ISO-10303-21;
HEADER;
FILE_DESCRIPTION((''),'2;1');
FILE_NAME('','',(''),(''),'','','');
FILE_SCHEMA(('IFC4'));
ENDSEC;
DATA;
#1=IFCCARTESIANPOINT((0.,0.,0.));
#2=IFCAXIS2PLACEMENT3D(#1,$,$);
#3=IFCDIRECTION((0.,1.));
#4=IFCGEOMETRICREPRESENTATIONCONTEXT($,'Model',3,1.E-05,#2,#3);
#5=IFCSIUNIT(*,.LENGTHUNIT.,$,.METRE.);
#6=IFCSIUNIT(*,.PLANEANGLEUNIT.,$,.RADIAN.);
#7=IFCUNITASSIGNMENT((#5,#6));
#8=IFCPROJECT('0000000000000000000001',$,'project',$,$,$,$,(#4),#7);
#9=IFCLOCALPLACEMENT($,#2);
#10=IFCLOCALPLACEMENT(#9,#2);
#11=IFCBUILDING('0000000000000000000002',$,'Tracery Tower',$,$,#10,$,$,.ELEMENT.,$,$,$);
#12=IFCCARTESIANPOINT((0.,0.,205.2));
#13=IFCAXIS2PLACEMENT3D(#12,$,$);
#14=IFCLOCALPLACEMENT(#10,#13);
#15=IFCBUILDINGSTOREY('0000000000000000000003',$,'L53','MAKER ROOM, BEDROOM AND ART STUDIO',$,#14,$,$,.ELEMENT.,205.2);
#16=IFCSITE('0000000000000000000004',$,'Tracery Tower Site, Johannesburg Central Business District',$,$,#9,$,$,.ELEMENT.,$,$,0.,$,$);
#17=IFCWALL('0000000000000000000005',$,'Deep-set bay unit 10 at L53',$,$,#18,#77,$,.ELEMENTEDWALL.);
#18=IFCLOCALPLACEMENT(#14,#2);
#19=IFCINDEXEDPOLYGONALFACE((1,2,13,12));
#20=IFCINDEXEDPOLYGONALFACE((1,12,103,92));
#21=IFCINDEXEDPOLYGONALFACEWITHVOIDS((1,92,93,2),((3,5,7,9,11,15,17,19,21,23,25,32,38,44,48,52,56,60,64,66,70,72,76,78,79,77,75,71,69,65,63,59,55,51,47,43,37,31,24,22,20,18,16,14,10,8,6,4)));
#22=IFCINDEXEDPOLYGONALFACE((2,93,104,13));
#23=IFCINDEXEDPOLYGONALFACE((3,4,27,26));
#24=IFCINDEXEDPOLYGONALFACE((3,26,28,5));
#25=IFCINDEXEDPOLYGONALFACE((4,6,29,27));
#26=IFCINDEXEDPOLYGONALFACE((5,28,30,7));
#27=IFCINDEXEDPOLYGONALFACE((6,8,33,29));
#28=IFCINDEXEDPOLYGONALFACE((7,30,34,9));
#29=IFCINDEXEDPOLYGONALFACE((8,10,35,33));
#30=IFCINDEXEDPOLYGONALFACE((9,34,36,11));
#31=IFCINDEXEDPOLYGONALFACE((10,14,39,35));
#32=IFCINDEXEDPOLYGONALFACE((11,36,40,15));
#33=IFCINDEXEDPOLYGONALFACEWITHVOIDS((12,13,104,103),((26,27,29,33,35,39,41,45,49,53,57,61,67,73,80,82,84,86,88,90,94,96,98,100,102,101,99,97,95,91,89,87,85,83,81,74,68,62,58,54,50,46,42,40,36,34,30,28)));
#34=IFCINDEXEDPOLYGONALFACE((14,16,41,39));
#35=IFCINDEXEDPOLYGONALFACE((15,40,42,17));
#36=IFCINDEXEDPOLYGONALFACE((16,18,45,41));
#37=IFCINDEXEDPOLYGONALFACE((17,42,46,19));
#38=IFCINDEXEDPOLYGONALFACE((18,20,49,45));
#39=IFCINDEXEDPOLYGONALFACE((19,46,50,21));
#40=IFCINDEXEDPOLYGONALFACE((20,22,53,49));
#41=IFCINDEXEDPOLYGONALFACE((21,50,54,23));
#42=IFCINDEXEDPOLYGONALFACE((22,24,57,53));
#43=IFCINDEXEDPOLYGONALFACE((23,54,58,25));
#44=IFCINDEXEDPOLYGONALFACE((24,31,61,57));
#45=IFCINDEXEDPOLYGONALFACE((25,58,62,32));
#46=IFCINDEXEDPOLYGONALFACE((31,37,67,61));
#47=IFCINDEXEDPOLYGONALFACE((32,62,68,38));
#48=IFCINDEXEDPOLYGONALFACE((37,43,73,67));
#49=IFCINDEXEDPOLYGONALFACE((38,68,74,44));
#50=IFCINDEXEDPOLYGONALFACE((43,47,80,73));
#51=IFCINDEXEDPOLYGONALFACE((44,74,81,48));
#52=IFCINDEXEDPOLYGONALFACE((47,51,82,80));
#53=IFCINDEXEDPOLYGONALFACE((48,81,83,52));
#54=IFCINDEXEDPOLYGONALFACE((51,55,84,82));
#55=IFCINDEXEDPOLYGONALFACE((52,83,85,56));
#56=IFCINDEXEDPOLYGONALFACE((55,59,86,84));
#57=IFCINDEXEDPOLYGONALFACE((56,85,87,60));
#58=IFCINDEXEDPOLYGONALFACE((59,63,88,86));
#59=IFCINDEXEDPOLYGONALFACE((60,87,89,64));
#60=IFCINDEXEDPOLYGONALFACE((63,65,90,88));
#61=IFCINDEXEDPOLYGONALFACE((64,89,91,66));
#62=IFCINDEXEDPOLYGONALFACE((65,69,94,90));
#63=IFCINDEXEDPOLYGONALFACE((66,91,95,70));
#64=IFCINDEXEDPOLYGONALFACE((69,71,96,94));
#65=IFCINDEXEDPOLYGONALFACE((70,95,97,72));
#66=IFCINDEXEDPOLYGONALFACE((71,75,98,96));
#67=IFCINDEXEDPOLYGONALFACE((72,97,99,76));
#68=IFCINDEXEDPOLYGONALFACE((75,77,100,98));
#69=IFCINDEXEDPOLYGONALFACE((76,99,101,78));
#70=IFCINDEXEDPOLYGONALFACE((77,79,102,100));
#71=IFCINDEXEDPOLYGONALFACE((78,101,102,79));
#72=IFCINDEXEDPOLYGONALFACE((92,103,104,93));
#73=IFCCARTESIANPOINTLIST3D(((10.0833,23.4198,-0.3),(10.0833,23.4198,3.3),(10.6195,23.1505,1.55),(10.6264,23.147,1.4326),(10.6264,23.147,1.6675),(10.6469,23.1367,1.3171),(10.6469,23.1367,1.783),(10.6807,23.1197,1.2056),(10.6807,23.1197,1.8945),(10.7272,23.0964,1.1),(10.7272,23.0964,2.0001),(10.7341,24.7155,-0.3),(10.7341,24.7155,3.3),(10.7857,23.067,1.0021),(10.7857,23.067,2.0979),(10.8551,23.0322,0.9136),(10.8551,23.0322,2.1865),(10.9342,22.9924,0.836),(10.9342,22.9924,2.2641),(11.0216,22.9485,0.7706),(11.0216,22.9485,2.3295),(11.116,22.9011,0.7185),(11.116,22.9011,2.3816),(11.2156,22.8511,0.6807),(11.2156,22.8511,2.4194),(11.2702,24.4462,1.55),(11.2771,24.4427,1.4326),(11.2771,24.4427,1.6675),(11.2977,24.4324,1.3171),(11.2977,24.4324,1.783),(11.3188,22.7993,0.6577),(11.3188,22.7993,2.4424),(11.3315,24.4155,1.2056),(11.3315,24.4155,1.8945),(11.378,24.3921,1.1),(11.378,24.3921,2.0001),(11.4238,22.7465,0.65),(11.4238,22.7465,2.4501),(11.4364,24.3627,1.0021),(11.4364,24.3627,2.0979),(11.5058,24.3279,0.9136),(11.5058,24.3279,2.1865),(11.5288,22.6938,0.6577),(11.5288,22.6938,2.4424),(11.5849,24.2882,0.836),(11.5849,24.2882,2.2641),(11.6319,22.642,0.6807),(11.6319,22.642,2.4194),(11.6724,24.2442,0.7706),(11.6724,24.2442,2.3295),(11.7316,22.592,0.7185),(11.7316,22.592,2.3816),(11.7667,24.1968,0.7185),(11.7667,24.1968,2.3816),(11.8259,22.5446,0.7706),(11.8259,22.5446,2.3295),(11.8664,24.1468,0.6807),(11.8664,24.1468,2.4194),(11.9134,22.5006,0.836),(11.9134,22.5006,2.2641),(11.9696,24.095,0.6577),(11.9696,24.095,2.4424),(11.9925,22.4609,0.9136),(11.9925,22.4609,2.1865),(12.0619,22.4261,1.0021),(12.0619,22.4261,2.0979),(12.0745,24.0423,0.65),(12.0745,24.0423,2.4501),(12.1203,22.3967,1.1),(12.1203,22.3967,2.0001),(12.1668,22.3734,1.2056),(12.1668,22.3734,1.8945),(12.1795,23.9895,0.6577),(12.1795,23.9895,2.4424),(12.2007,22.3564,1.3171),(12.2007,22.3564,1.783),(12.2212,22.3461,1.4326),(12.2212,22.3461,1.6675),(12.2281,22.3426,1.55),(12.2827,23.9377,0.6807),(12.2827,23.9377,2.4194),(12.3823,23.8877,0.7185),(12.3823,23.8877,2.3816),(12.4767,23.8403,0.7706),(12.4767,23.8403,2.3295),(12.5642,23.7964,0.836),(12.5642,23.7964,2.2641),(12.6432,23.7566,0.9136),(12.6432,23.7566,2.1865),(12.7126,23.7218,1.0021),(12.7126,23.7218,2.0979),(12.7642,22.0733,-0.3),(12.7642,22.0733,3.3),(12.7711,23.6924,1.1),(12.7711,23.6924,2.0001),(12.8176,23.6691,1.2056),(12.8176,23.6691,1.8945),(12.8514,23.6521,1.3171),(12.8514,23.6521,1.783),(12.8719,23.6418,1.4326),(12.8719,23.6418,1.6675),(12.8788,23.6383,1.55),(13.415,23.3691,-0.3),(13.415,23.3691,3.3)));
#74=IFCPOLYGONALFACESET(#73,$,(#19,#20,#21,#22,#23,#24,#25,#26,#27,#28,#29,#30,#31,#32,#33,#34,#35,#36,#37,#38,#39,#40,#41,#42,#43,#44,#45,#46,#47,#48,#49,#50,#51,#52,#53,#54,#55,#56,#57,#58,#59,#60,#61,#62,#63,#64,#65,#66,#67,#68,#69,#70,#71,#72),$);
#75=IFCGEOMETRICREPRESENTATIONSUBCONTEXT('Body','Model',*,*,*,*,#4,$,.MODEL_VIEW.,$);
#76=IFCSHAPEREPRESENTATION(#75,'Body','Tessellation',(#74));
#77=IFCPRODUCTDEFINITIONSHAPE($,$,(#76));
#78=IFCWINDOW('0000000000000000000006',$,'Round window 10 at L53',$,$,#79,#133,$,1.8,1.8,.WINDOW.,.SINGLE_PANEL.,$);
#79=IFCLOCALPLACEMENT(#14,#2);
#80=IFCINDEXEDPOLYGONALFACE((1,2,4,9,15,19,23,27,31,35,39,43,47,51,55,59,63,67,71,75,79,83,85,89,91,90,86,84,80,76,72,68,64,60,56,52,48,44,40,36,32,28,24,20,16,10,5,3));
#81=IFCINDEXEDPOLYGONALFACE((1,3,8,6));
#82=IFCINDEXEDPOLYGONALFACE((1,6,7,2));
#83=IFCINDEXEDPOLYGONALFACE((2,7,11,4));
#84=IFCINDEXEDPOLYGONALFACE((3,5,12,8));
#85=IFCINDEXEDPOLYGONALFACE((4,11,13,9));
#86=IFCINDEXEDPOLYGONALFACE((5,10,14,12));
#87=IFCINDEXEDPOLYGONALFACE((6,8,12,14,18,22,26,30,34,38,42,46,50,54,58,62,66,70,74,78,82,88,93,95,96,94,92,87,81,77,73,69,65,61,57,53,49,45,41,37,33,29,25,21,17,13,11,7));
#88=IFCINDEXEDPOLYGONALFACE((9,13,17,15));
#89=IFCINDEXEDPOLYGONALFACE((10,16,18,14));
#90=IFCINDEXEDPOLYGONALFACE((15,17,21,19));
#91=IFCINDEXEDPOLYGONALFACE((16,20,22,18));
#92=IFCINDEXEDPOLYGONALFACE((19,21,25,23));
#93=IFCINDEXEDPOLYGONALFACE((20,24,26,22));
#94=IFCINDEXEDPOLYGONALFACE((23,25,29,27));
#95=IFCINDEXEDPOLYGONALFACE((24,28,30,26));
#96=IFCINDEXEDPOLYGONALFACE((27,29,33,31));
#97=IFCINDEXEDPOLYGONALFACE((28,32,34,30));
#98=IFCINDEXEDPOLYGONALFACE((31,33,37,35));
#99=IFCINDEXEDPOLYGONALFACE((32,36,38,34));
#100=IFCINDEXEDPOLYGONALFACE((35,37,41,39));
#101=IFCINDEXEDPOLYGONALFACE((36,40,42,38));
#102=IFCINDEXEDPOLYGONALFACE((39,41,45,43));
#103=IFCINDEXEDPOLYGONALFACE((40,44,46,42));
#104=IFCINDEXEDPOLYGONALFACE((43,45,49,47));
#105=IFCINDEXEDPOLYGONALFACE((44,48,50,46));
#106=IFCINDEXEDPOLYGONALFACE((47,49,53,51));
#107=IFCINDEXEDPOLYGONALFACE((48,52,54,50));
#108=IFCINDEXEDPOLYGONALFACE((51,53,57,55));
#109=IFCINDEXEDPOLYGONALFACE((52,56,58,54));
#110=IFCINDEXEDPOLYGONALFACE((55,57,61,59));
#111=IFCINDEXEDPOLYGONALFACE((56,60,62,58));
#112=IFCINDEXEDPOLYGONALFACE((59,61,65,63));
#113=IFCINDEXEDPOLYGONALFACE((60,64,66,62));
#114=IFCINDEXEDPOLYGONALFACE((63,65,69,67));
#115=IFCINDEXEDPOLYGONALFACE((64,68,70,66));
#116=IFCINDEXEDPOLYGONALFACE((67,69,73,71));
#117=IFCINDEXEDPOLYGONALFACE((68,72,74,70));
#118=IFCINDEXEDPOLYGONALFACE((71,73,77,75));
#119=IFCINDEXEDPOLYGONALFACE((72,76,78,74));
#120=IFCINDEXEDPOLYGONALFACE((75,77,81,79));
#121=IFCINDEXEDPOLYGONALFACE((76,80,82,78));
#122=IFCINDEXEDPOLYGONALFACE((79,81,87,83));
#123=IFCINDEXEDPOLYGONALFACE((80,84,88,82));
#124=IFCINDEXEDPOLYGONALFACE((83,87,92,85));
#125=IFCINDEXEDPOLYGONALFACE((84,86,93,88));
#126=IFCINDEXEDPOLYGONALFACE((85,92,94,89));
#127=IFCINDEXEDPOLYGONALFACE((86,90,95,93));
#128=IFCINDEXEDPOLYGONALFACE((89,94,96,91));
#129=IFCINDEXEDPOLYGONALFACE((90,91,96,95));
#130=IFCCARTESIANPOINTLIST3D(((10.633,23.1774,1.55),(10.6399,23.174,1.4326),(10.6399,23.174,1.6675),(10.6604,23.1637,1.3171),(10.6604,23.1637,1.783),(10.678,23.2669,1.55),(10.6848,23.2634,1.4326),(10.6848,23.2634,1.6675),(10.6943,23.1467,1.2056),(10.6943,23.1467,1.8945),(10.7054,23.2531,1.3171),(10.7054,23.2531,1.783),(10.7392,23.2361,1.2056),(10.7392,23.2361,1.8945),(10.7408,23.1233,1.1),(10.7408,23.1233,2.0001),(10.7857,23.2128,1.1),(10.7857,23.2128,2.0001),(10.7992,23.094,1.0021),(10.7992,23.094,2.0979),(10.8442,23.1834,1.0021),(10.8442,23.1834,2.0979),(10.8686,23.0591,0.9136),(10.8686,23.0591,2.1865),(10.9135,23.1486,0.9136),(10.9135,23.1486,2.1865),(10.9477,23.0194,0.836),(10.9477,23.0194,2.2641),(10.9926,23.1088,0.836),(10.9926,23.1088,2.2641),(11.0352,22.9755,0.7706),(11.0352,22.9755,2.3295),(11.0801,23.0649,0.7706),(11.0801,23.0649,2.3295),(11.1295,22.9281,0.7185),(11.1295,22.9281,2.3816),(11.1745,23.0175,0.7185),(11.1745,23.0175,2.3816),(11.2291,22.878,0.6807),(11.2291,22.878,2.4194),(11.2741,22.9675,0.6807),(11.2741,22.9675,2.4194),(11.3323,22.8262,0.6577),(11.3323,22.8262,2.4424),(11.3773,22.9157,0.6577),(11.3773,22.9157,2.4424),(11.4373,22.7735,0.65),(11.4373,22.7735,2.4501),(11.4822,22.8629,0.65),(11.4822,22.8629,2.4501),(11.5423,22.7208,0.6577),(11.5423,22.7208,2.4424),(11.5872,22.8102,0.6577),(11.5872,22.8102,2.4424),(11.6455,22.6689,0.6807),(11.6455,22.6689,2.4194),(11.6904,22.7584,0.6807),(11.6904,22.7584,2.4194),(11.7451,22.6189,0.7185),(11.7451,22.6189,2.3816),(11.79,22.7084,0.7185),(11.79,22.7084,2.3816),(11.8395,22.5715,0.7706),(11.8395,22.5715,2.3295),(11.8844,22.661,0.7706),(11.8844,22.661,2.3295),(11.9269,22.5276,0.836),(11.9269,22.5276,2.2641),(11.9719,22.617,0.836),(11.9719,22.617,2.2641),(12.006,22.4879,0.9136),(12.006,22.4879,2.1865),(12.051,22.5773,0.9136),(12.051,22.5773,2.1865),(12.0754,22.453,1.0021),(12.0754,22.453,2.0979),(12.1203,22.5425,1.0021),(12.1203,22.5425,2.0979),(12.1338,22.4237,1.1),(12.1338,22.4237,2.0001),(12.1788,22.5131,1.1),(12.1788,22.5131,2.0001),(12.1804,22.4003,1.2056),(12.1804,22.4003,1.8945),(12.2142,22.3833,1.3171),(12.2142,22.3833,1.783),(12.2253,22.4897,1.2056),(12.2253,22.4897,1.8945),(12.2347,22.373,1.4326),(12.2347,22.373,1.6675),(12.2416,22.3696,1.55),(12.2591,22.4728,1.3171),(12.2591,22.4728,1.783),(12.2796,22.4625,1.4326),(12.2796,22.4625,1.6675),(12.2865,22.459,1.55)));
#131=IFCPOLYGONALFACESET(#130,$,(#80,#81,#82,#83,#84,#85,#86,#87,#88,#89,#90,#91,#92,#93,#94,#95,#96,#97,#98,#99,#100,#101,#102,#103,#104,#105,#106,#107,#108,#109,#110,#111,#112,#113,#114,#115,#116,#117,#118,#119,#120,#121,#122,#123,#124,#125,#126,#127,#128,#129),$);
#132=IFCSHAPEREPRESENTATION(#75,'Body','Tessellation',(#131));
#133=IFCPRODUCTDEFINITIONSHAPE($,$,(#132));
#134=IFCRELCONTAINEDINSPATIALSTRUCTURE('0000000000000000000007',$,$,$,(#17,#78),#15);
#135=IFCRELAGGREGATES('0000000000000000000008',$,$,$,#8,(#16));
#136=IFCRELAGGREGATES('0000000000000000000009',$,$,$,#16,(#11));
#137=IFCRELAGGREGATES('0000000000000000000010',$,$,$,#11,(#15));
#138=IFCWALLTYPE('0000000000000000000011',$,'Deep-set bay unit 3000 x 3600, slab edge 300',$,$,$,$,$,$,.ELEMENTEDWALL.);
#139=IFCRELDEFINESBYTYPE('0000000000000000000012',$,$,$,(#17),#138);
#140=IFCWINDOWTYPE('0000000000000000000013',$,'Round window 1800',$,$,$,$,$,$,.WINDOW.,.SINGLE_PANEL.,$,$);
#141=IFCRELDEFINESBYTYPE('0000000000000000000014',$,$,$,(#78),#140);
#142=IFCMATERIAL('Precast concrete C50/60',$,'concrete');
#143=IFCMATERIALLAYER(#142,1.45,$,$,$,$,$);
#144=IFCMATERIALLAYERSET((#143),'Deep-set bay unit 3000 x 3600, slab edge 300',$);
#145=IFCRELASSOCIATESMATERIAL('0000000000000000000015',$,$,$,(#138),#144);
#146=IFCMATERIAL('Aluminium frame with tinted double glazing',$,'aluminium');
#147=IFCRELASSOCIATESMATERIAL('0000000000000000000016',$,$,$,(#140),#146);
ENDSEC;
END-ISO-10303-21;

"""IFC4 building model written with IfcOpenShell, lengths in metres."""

from ifc_helpers import new_model, si_unit, direction, frame, frame_2d, origin, origin_2d, place, context, subcontext, project, spatial, rectangle, circle, extrude, material, layer, layer_set, type_object, element, fill, save


model = new_model("IFC4")

# Units and contexts
model_context = context("Model", 3, precision=1e-05, world=origin(), true_north=direction((0.0, 1.0)))
body_context = subcontext(model_context, "Body", "Model", "MODEL_VIEW")
ifc_project = project(units=[si_unit("LENGTHUNIT", "METRE"), si_unit("PLANEANGLEUNIT", "RADIAN")], contexts=[model_context])

# Site, building, storey
site_placement = place(None, origin())
site = spatial("IfcSite", under=ifc_project, at=site_placement, Name="Tracery Tower Site, Johannesburg Central Business District", CompositionType="ELEMENT", RefElevation=0.0)
building_placement = place(site_placement, origin())
building = spatial("IfcBuilding", under=site, at=building_placement, Name="Tracery Tower", CompositionType="ELEMENT")
storey_placement = place(building_placement, frame((0.0, 0.0, 205.2)))
storey = spatial("IfcBuildingStorey", under=building, at=storey_placement, Name="L53", Description="MAKER ROOM, BEDROOM AND ART STUDIO", CompositionType="ELEMENT", Elevation=205.2)

# Wall, opening, window
ifc_material_1 = material(Name="Precast concrete C50/60", Category="concrete")
ifc_layer_1 = layer(ifc_material_1, 1.45)
ifc_layer_set_1 = layer_set([ifc_layer_1], Name="Deep-set bay unit 3000 x 3600, slab edge 300")
wall_type_1 = type_object("IfcWallType", Name="Deep-set bay unit 3000 x 3600, slab edge 300", PredefinedType="ELEMENTEDWALL", material=ifc_layer_set_1)
ifc_material_2 = material(Name="Aluminium frame with tinted double glazing", Category="aluminium")
window_type = type_object("IfcWindowType", Name="Round window 1800", PartitioningType="SINGLE_PANEL", PredefinedType="WINDOW", material=ifc_material_2)
wall_1_placement = place(storey_placement, frame((13.0896, 22.7212, -0.3), z_axis=(0.0, 0.0, 1.0), x_axis=(-0.893628, 0.448808, 0.0)))
wall_1 = element("IfcWall", 1, at=wall_1_placement, inside=storey, type_object=wall_type_1, Name="Deep-set bay unit 10 at L53", PredefinedType="ELEMENTEDWALL", context=body_context, shape_type="SweptSolid", body=[
    extrude(rectangle(XDim=3.0, YDim=1.45, at=frame_2d((1.5, 0.0))), origin(), (0.0, 0.0, 1.0), 3.6001),
])
opening_1_placement = place(wall_1_placement, frame((1.5, 0.0, 1.8501)))
opening_1 = element("IfcOpeningElement", 2, at=opening_1_placement, cuts=wall_1, PredefinedType="OPENING", context=body_context, shape_type="SweptSolid", body=[
    extrude(circle(Radius=0.9, at=origin_2d()), frame((0.0, 0.7349, 0.0), z_axis=(0.0, -1.0, 0.0), x_axis=(1.0, 0.0, 0.0)), (0.0, 0.0, 1.0), 1.47),
])
window_1_placement = place(opening_1_placement, origin())
window_1 = element("IfcWindow", 3, at=window_1_placement, inside=storey, type_object=window_type, Name="Round window 10 at L53", OverallHeight=1.8, OverallWidth=1.8, PartitioningType="SINGLE_PANEL", PredefinedType="WINDOW", context=body_context, shape_type="SweptSolid", body=[
    extrude(circle(Radius=0.9, at=origin_2d()), frame((0.0, 0.6948, 0.0), z_axis=(0.0, -1.0, 0.0), x_axis=(1.0, 0.0, 0.0)), (0.0, 0.0, 1.0), 0.1001),
])
fill(opening_1, window_1)

save(model, "model.ifc")
